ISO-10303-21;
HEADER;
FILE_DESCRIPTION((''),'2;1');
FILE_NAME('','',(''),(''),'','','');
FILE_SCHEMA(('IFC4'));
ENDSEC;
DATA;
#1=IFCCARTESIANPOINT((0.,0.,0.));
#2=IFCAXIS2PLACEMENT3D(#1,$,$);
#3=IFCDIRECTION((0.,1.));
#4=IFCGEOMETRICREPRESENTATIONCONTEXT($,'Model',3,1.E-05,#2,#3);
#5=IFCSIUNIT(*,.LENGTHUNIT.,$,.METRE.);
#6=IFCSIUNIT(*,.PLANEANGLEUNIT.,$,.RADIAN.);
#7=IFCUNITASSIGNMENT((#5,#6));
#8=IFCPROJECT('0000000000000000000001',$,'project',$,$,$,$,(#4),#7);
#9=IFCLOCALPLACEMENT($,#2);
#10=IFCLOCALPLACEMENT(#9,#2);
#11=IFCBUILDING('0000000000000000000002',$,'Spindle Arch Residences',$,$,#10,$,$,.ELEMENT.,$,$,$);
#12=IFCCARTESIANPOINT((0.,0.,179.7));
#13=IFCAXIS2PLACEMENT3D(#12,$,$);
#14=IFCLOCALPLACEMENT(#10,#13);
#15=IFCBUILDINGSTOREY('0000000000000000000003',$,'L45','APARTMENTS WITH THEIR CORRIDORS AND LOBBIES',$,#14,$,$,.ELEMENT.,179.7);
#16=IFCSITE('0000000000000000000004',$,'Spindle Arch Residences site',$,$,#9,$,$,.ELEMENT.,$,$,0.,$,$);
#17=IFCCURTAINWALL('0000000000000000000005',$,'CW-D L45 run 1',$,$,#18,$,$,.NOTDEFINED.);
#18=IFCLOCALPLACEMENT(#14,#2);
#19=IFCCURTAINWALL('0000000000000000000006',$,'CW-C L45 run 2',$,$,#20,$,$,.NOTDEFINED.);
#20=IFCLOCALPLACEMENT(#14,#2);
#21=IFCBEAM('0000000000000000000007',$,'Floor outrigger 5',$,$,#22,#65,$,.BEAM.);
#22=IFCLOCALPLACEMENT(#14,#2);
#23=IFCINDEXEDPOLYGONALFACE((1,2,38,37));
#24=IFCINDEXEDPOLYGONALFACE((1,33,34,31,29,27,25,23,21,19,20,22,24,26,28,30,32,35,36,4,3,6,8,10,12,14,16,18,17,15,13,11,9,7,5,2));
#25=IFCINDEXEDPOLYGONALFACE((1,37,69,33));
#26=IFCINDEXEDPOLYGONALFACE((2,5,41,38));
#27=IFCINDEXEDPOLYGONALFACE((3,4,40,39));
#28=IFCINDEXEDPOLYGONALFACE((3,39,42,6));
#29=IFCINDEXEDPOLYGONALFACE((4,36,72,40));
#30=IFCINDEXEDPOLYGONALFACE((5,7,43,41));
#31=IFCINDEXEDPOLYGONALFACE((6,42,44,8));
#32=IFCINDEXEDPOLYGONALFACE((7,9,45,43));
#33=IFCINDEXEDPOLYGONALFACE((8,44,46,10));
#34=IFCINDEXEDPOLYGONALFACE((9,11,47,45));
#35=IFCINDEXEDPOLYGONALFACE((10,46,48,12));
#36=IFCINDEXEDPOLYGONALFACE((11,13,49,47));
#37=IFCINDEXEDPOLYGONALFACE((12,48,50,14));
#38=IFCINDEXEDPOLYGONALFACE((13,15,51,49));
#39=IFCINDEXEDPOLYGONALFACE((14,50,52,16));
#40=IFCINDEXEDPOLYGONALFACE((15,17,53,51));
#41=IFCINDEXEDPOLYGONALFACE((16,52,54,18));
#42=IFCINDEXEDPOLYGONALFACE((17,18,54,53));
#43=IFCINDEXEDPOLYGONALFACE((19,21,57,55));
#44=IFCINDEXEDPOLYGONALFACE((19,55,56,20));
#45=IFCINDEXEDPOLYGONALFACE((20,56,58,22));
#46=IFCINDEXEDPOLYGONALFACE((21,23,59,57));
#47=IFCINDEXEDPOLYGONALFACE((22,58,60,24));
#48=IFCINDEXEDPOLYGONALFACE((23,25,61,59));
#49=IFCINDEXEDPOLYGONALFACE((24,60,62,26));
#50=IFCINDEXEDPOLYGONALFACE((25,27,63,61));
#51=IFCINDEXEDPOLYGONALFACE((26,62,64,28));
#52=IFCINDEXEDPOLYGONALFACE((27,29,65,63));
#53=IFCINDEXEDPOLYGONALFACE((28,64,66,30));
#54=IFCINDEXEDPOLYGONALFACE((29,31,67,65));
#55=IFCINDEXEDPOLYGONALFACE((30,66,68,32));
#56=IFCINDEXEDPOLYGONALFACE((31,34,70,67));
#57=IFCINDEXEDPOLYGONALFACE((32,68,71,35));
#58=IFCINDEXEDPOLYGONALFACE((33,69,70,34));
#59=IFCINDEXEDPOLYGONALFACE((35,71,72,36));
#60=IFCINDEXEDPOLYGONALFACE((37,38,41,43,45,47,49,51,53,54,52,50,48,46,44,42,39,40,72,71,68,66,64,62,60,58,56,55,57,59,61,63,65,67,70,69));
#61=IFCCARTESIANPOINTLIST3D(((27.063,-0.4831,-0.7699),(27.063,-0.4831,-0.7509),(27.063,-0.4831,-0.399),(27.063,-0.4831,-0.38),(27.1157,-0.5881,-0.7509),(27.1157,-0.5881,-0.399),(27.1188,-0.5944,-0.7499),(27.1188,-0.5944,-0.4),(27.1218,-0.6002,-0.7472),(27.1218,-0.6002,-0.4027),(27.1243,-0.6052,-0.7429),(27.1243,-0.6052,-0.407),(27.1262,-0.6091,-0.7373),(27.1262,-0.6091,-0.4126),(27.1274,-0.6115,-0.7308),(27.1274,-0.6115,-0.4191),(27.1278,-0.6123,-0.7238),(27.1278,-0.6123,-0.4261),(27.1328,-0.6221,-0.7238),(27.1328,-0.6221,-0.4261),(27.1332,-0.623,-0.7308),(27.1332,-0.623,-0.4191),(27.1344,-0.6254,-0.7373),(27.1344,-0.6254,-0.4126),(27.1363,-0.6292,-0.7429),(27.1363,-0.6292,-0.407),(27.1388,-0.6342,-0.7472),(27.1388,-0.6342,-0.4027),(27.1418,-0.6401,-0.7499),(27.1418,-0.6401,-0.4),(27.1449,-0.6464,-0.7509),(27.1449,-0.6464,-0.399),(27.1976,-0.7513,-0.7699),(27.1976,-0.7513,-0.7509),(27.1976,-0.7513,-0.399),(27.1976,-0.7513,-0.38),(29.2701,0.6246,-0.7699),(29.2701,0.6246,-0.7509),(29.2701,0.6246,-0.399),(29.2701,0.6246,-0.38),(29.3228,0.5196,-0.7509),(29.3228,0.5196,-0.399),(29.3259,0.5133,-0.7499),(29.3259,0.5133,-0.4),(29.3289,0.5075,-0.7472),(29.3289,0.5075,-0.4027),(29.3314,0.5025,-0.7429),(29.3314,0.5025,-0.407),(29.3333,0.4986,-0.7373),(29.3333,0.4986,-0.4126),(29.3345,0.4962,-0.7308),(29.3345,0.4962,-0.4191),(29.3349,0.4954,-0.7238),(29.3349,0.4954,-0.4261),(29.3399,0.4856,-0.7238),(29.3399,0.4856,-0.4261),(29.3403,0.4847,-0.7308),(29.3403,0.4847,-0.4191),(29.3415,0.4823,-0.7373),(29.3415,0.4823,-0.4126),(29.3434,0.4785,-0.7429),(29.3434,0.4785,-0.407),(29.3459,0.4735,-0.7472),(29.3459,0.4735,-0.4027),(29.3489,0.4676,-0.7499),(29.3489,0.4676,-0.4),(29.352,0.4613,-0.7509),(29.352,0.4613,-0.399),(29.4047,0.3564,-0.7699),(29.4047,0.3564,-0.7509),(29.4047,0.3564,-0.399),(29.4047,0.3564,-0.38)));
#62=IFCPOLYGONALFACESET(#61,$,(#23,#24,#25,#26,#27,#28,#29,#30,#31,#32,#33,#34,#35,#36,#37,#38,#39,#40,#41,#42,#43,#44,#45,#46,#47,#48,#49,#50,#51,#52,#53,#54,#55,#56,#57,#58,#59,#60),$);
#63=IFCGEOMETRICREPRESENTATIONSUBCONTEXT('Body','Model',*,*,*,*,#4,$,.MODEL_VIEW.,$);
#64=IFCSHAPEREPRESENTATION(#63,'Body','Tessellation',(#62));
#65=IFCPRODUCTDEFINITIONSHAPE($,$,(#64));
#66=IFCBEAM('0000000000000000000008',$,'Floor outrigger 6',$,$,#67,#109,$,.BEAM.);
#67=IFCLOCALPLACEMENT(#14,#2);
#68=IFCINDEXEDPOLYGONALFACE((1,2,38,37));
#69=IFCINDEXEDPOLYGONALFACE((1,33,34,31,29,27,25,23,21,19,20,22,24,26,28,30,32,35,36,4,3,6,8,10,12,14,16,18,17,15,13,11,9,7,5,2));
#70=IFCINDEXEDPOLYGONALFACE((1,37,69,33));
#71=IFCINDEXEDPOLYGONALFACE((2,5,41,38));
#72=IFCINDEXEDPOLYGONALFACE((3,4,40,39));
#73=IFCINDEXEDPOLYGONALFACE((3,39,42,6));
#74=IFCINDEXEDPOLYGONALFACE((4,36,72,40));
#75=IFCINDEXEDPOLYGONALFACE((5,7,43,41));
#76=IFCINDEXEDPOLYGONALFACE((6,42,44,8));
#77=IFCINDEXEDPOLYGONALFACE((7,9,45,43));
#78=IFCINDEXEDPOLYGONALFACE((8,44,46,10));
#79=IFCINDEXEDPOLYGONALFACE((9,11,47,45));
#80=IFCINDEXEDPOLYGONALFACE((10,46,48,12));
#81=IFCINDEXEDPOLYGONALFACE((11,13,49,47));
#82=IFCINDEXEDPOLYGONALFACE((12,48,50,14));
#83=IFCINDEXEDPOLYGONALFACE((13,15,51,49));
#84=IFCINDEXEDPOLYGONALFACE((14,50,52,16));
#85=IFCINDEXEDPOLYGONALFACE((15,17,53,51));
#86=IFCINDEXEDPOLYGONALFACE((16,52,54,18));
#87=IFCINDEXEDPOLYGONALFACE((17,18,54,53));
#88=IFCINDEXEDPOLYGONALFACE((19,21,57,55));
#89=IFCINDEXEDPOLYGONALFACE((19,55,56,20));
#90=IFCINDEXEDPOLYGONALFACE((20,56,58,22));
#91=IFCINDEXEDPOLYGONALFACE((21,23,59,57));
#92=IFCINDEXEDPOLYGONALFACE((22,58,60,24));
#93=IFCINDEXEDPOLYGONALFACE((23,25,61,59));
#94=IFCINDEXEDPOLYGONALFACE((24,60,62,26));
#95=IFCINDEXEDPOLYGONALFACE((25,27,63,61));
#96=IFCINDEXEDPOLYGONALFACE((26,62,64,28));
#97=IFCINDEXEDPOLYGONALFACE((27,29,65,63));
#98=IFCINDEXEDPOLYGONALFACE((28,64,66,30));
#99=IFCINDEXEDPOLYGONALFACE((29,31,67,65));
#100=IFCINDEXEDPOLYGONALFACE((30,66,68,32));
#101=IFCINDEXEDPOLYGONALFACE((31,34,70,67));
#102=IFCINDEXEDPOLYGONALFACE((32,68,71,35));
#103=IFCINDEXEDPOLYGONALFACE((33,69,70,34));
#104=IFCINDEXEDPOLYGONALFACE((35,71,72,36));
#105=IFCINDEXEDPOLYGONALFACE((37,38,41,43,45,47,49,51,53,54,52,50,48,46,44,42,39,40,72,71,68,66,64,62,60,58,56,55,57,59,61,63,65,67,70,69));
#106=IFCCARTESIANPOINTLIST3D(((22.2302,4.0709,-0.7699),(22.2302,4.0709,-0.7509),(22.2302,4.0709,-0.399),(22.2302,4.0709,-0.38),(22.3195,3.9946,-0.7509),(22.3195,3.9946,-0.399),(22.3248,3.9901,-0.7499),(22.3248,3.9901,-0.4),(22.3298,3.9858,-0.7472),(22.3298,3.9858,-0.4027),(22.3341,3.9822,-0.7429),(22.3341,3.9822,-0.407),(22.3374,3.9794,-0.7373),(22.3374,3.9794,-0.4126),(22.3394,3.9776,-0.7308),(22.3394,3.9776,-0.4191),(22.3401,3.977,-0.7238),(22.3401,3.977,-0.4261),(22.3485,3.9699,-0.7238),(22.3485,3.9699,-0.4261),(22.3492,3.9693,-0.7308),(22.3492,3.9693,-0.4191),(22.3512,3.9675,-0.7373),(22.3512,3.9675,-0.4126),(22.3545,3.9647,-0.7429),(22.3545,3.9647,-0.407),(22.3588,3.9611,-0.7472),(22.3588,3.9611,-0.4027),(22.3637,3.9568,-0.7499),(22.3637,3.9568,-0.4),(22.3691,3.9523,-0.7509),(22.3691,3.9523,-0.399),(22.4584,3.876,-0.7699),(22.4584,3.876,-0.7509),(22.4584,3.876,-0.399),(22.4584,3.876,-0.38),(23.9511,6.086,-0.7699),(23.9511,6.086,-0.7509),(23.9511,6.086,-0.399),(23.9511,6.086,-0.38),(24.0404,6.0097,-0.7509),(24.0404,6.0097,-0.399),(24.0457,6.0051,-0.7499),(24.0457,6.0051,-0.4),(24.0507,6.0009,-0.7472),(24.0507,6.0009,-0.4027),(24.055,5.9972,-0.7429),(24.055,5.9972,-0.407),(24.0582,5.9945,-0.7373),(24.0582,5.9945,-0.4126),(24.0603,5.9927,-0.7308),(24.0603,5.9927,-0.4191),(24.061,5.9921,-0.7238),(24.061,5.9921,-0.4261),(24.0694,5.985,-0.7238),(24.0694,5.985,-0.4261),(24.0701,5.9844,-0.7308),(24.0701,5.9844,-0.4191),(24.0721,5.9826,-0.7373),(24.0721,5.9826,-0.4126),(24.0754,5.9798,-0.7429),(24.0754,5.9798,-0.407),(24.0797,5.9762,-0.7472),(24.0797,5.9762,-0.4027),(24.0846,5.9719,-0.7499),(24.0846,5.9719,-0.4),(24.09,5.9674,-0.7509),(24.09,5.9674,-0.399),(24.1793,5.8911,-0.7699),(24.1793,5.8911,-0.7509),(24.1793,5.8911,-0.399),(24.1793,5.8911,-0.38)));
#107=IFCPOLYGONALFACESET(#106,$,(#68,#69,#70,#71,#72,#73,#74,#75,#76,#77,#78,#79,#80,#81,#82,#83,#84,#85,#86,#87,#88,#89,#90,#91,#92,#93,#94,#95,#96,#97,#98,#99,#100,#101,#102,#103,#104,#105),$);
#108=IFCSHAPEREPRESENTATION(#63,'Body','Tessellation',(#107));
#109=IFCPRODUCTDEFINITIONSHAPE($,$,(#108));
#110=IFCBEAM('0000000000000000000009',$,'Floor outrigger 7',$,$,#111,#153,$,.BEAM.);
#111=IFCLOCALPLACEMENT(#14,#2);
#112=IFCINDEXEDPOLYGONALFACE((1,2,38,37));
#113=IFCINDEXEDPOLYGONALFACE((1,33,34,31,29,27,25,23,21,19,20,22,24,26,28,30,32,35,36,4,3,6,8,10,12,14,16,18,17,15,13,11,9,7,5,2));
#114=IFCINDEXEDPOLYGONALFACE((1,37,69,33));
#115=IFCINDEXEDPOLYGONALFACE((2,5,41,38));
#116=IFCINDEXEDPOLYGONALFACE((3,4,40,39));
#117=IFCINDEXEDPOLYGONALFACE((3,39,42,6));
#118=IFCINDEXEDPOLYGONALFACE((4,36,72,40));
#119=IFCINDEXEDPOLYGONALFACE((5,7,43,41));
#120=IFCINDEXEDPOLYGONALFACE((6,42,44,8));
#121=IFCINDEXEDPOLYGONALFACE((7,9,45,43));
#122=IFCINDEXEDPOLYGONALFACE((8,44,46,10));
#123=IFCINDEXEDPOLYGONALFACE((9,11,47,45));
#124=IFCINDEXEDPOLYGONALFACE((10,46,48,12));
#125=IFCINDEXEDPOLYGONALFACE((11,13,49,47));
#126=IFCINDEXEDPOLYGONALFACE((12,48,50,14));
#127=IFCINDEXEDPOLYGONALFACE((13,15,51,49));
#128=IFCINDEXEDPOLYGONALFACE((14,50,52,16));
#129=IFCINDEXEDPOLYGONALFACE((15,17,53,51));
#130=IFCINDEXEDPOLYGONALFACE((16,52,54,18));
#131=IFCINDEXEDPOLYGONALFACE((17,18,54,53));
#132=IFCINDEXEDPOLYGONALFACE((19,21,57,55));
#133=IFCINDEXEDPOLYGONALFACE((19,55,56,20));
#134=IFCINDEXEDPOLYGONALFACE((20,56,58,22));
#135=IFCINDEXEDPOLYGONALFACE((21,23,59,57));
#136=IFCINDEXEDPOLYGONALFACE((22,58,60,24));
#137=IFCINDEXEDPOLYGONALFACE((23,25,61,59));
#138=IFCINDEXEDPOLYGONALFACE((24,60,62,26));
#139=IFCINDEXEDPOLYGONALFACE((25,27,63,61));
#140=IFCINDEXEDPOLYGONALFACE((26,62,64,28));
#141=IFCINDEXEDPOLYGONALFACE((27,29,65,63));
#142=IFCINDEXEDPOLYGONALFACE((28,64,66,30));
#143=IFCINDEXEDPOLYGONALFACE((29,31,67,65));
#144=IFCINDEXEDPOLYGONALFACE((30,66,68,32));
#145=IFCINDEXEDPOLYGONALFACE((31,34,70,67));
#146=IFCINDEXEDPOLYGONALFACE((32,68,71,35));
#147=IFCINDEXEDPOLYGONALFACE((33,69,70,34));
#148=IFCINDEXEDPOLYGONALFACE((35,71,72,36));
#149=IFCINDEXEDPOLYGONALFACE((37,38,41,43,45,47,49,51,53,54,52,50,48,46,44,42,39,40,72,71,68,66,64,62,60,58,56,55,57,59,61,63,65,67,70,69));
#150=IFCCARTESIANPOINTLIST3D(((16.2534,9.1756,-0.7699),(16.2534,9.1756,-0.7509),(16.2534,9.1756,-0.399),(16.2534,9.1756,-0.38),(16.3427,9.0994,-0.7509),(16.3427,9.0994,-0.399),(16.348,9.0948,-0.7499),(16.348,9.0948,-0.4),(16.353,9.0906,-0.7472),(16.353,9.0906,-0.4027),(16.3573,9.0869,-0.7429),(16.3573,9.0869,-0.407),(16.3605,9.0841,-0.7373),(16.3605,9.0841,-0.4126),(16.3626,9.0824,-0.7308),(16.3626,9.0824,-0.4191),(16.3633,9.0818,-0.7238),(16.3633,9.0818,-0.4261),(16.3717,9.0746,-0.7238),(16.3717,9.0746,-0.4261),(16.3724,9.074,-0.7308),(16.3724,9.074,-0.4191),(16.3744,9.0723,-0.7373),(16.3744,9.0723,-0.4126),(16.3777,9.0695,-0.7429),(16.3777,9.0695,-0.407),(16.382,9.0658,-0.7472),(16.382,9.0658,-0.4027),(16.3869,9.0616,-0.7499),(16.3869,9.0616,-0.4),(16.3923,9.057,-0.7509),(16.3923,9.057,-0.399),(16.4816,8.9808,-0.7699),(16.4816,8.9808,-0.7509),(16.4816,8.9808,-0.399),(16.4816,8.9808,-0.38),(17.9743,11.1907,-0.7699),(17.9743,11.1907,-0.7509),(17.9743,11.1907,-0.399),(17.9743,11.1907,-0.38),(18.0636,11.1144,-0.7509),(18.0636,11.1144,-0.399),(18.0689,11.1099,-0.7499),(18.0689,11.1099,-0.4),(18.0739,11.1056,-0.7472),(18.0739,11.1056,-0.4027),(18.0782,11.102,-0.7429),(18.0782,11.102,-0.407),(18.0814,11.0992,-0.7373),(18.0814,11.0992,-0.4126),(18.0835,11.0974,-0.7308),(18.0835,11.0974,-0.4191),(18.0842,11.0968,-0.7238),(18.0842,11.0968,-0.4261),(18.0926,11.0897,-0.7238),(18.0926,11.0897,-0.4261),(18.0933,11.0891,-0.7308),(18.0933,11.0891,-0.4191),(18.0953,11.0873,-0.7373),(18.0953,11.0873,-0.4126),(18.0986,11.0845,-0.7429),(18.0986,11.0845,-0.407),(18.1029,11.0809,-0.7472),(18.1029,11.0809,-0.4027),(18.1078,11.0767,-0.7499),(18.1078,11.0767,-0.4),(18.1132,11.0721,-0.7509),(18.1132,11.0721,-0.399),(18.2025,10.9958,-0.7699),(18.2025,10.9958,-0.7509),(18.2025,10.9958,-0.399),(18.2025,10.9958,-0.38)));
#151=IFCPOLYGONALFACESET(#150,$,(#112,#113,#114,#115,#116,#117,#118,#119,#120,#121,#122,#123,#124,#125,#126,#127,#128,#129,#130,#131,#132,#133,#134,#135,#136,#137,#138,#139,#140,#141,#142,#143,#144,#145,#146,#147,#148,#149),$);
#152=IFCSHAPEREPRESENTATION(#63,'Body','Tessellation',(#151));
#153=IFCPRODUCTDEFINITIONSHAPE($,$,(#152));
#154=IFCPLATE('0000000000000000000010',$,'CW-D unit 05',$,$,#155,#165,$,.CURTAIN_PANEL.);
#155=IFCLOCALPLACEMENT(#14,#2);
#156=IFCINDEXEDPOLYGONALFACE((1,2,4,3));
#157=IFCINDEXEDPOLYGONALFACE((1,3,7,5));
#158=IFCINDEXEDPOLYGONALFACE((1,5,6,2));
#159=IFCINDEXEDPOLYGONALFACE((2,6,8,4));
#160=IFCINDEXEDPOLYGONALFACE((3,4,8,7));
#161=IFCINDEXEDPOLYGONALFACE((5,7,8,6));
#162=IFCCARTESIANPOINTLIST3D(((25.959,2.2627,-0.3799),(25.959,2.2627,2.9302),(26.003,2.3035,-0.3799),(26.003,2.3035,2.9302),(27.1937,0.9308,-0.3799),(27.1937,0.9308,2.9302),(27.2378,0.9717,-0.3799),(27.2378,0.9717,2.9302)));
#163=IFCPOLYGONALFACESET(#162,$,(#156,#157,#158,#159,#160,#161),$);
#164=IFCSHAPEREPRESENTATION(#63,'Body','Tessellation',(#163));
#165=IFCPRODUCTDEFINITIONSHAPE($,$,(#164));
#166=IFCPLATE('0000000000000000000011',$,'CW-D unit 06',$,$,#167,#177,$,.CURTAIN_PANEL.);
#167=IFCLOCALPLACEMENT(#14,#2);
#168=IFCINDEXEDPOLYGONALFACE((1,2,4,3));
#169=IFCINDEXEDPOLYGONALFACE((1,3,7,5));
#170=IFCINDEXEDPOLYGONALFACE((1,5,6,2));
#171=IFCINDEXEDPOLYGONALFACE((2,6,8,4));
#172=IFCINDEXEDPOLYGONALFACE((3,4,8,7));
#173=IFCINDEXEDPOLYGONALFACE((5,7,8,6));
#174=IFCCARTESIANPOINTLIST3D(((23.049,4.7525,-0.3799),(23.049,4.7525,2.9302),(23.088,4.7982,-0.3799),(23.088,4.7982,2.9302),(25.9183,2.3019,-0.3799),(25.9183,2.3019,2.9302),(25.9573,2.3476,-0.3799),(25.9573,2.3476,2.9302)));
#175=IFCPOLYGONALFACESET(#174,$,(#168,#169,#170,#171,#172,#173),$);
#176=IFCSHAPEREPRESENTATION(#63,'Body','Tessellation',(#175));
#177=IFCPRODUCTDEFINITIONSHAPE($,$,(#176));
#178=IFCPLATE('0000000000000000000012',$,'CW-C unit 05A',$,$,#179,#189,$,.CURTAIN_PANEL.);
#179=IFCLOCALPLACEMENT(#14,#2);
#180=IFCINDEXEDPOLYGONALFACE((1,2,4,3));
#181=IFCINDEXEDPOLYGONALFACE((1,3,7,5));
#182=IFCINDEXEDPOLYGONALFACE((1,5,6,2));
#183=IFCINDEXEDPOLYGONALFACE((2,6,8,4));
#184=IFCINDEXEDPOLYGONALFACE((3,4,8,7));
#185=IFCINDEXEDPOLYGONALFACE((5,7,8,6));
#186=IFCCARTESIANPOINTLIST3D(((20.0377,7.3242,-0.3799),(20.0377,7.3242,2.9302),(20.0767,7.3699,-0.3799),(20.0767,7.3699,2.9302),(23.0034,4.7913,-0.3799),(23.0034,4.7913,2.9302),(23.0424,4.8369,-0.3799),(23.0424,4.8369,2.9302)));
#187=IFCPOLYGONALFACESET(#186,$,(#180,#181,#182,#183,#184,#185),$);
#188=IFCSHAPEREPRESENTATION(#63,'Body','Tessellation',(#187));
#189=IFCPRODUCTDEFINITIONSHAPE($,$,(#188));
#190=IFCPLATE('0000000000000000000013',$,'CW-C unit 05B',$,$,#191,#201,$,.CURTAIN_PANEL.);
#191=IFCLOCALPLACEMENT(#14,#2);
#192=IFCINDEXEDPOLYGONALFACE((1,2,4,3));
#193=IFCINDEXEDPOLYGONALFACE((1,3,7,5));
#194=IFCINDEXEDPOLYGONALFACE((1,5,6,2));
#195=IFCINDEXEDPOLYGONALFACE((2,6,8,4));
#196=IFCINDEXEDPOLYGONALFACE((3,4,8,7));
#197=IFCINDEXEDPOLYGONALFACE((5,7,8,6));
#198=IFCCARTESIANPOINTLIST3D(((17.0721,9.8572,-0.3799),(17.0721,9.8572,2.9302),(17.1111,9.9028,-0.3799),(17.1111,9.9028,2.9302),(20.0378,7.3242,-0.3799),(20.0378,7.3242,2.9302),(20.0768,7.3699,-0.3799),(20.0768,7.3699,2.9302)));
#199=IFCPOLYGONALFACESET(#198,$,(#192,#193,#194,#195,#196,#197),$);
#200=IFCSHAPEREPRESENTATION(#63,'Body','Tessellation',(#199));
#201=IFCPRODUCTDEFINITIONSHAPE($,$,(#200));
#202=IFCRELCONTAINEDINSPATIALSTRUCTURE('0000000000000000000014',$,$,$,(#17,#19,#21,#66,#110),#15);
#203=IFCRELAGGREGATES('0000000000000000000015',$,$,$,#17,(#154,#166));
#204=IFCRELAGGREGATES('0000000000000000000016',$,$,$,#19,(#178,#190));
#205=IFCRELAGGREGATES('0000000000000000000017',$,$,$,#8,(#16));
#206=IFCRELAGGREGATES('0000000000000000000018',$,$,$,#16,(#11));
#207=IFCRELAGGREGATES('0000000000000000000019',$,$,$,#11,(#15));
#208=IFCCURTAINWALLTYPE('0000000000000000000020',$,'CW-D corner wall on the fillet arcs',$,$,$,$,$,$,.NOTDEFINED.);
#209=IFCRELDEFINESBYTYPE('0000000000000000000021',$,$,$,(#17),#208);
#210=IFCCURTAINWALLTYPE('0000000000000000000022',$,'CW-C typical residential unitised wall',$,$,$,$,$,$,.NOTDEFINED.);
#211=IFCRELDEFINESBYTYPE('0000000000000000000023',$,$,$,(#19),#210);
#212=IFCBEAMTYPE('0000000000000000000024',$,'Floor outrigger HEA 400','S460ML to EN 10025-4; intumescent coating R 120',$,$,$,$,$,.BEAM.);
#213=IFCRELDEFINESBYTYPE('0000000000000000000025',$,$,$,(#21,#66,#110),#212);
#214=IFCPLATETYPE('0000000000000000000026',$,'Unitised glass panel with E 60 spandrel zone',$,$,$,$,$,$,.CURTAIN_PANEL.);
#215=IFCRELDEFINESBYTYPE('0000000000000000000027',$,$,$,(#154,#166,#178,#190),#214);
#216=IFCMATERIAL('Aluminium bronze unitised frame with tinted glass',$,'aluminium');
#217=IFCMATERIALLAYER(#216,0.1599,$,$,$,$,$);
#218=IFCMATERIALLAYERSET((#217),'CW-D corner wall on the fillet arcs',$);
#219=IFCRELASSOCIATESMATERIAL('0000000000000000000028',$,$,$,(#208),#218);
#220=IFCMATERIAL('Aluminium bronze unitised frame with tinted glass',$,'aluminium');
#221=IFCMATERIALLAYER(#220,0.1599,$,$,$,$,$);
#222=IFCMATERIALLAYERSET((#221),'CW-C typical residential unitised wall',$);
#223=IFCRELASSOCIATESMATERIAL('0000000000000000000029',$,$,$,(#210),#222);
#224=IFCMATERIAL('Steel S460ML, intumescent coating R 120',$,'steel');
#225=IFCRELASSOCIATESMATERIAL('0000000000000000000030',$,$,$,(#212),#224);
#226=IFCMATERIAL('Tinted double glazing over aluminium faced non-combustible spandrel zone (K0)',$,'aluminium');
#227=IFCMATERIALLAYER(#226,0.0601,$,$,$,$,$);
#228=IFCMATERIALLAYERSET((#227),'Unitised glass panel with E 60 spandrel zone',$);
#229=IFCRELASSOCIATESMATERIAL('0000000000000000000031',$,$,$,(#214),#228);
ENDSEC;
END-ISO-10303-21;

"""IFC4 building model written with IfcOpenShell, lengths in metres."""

from ifc_helpers import new_model, si_unit, direction, frame, origin, origin_2d, place, context, subcontext, project, spatial, rectangle, i_section, extrude, material, layer, layer_set, material_profile, profile_set, type_object, element, aggregate, save


model = new_model("IFC4")

# Units and contexts
model_context = context("Model", 3, precision=1e-05, world=origin(), true_north=direction((0.0, 1.0)))
body_context = subcontext(model_context, "Body", "Model", "MODEL_VIEW")
ifc_project = project(units=[si_unit("LENGTHUNIT", "METRE"), si_unit("PLANEANGLEUNIT", "RADIAN")], contexts=[model_context])

# Site, building, storey
site_placement = place(None, origin())
site = spatial("IfcSite", under=ifc_project, at=site_placement, Name="Spindle Arch Residences site", CompositionType="ELEMENT", RefElevation=0.0)
building_placement = place(site_placement, origin())
building = spatial("IfcBuilding", under=site, at=building_placement, Name="Spindle Arch Residences", CompositionType="ELEMENT")
storey_placement = place(building_placement, frame((0.0, 0.0, 179.7)))
storey = spatial("IfcBuildingStorey", under=building, at=storey_placement, Name="L45", Description="APARTMENTS WITH THEIR CORRIDORS AND LOBBIES", CompositionType="ELEMENT", Elevation=179.7)

# Curtain walls
ifc_material_1 = material(Name="Aluminium bronze unitised frame with tinted glass", Category="aluminium")
ifc_layer_1 = layer(ifc_material_1, 0.1599)
ifc_layer_set_1 = layer_set([ifc_layer_1], Name="CW-D corner wall on the fillet arcs")
curtain_wall_type_1 = type_object("IfcCurtainWallType", Name="CW-D corner wall on the fillet arcs", PredefinedType="NOTDEFINED", material=ifc_layer_set_1)
curtain_wall_1_placement = place(storey_placement, origin())
curtain_wall_1 = element("IfcCurtainWall", 1, at=curtain_wall_1_placement, inside=storey, type_object=curtain_wall_type_1, Name="CW-D L45 run 1", PredefinedType="NOTDEFINED")
ifc_material_2 = material(Name="Aluminium bronze unitised frame with tinted glass", Category="aluminium")
ifc_layer_2 = layer(ifc_material_2, 0.1599)
ifc_layer_set_2 = layer_set([ifc_layer_2], Name="CW-C typical residential unitised wall")
curtain_wall_type_2 = type_object("IfcCurtainWallType", Name="CW-C typical residential unitised wall", PredefinedType="NOTDEFINED", material=ifc_layer_set_2)
curtain_wall_2_placement = place(storey_placement, origin())
curtain_wall_2 = element("IfcCurtainWall", 2, at=curtain_wall_2_placement, inside=storey, type_object=curtain_wall_type_2, Name="CW-C L45 run 2", PredefinedType="NOTDEFINED")

# Beams
ifc_material_3 = material(Name="Steel S460ML, intumescent coating R 120", Category="steel")
ifc_material_profile_1 = material_profile(ifc_material_3, i_section(OverallWidth=0.3, OverallDepth=0.3899, WebThickness=0.011, FlangeThickness=0.019, FilletRadius=0.0271, at=origin_2d()), Name="HEA 400")
ifc_profile_set_1 = profile_set([ifc_material_profile_1], Name="Steel S460ML, intumescent coating R 120")
beam_type_1 = type_object("IfcBeamType", Name="Floor outrigger HEA 400", Description="S460ML to EN 10025-4; intumescent coating R 120", PredefinedType="BEAM", material=ifc_profile_set_1)
beam_1_placement = place(storey_placement, frame((29.3374, 0.4905, -0.575), z_axis=(-0.893754, -0.448558, 0.0), x_axis=(0.448558, -0.893754, 0.0)))
element("IfcBeam", 3, at=beam_1_placement, inside=storey, type_object=beam_type_1, Name="Floor outrigger 5", PredefinedType="BEAM", context=body_context, shape_type="SweptSolid", body=[
    extrude(i_section(OverallWidth=0.3, OverallDepth=0.3899, WebThickness=0.011, FlangeThickness=0.019, FilletRadius=0.0271, at=origin_2d()), origin(), (0.0, 0.0, 1.0), 2.4695),
])
for number, where, z_axis, x_axis, name in (
    (4, (24.0652, 5.9885, -0.575), (-0.649417, -0.760432, 0.0), (0.760432, -0.649417, 0.0), "Floor outrigger 6"),
    (5, (18.0884, 11.0933, -0.575), (-0.649417, -0.760432, 0.0), (0.760432, -0.649417, 0.0), "Floor outrigger 7"),
):
    element("IfcBeam", number, at=place(storey_placement, frame(where, z_axis=z_axis, x_axis=x_axis)), inside=storey, type_object=beam_type_1, Name=name, PredefinedType="BEAM", context=body_context, shape_type="SweptSolid", body=[
        extrude(i_section(OverallWidth=0.3, OverallDepth=0.3899, WebThickness=0.011, FlangeThickness=0.019, FilletRadius=0.0271, at=origin_2d()), origin(), (0.0, 0.0, 1.0), 2.6499),
    ])

# Plates
ifc_material_4 = material(Name="Tinted double glazing over aluminium faced non-combustible spandrel zone (K0)", Category="aluminium")
ifc_layer_3 = layer(ifc_material_4, 0.0601)
ifc_layer_set_3 = layer_set([ifc_layer_3], Name="Unitised glass panel with E 60 spandrel zone")
plate_type = type_object("IfcPlateType", Name="Unitised glass panel with E 60 spandrel zone", PredefinedType="CURTAIN_PANEL", material=ifc_layer_set_3)
plate_1_placement = place(storey_placement, frame((26.5984, 1.6172, -0.3799), z_axis=(0.0, 0.0, 1.0), x_axis=(-0.679868, 0.733334, 0.0)))
plate_1 = element("IfcPlate", 6, at=plate_1_placement, type_object=plate_type, Name="CW-D unit 05", PredefinedType="CURTAIN_PANEL", context=body_context, shape_type="SweptSolid", body=[
    extrude(rectangle(XDim=1.8162, YDim=0.0601, at=origin_2d()), origin(), (0.0, 0.0, 1.0), 3.3101),
])
plate_2_placement = place(storey_placement, frame((24.5032, 3.55, -0.3799), z_axis=(0.0, 0.0, 1.0), x_axis=(-0.760406, 0.649448, 0.0)))
plate_2 = element("IfcPlate", 7, at=plate_2_placement, type_object=plate_type, Name="CW-D unit 06", PredefinedType="CURTAIN_PANEL", context=body_context, shape_type="SweptSolid", body=[
    extrude(rectangle(XDim=3.7734, YDim=0.0601, at=origin_2d()), origin(), (0.0, 0.0, 1.0), 3.3101),
])
aggregate(curtain_wall_1, [plate_1, plate_2])
plate_3_placement = place(storey_placement, frame((21.54, 6.0806, -0.3799), z_axis=(0.0, 0.0, 1.0), x_axis=(-0.760406, 0.649448, 0.0)))
plate_3 = element("IfcPlate", 8, at=plate_3_placement, type_object=plate_type, Name="CW-C unit 05A", PredefinedType="CURTAIN_PANEL", context=body_context, shape_type="SweptSolid", body=[
    extrude(rectangle(XDim=3.9001, YDim=0.0601, at=origin_2d()), origin(), (0.0, 0.0, 1.0), 3.3101),
])
plate_4_placement = place(storey_placement, frame((18.5745, 8.6135, -0.3799), z_axis=(0.0, 0.0, 1.0), x_axis=(-0.760406, 0.649448, 0.0)))
plate_4 = element("IfcPlate", 9, at=plate_4_placement, type_object=plate_type, Name="CW-C unit 05B", PredefinedType="CURTAIN_PANEL", context=body_context, shape_type="SweptSolid", body=[
    extrude(rectangle(XDim=3.9001, YDim=0.0601, at=origin_2d()), origin(), (0.0, 0.0, 1.0), 3.3101),
])
aggregate(curtain_wall_2, [plate_3, plate_4])

save(model, "model.ifc")
